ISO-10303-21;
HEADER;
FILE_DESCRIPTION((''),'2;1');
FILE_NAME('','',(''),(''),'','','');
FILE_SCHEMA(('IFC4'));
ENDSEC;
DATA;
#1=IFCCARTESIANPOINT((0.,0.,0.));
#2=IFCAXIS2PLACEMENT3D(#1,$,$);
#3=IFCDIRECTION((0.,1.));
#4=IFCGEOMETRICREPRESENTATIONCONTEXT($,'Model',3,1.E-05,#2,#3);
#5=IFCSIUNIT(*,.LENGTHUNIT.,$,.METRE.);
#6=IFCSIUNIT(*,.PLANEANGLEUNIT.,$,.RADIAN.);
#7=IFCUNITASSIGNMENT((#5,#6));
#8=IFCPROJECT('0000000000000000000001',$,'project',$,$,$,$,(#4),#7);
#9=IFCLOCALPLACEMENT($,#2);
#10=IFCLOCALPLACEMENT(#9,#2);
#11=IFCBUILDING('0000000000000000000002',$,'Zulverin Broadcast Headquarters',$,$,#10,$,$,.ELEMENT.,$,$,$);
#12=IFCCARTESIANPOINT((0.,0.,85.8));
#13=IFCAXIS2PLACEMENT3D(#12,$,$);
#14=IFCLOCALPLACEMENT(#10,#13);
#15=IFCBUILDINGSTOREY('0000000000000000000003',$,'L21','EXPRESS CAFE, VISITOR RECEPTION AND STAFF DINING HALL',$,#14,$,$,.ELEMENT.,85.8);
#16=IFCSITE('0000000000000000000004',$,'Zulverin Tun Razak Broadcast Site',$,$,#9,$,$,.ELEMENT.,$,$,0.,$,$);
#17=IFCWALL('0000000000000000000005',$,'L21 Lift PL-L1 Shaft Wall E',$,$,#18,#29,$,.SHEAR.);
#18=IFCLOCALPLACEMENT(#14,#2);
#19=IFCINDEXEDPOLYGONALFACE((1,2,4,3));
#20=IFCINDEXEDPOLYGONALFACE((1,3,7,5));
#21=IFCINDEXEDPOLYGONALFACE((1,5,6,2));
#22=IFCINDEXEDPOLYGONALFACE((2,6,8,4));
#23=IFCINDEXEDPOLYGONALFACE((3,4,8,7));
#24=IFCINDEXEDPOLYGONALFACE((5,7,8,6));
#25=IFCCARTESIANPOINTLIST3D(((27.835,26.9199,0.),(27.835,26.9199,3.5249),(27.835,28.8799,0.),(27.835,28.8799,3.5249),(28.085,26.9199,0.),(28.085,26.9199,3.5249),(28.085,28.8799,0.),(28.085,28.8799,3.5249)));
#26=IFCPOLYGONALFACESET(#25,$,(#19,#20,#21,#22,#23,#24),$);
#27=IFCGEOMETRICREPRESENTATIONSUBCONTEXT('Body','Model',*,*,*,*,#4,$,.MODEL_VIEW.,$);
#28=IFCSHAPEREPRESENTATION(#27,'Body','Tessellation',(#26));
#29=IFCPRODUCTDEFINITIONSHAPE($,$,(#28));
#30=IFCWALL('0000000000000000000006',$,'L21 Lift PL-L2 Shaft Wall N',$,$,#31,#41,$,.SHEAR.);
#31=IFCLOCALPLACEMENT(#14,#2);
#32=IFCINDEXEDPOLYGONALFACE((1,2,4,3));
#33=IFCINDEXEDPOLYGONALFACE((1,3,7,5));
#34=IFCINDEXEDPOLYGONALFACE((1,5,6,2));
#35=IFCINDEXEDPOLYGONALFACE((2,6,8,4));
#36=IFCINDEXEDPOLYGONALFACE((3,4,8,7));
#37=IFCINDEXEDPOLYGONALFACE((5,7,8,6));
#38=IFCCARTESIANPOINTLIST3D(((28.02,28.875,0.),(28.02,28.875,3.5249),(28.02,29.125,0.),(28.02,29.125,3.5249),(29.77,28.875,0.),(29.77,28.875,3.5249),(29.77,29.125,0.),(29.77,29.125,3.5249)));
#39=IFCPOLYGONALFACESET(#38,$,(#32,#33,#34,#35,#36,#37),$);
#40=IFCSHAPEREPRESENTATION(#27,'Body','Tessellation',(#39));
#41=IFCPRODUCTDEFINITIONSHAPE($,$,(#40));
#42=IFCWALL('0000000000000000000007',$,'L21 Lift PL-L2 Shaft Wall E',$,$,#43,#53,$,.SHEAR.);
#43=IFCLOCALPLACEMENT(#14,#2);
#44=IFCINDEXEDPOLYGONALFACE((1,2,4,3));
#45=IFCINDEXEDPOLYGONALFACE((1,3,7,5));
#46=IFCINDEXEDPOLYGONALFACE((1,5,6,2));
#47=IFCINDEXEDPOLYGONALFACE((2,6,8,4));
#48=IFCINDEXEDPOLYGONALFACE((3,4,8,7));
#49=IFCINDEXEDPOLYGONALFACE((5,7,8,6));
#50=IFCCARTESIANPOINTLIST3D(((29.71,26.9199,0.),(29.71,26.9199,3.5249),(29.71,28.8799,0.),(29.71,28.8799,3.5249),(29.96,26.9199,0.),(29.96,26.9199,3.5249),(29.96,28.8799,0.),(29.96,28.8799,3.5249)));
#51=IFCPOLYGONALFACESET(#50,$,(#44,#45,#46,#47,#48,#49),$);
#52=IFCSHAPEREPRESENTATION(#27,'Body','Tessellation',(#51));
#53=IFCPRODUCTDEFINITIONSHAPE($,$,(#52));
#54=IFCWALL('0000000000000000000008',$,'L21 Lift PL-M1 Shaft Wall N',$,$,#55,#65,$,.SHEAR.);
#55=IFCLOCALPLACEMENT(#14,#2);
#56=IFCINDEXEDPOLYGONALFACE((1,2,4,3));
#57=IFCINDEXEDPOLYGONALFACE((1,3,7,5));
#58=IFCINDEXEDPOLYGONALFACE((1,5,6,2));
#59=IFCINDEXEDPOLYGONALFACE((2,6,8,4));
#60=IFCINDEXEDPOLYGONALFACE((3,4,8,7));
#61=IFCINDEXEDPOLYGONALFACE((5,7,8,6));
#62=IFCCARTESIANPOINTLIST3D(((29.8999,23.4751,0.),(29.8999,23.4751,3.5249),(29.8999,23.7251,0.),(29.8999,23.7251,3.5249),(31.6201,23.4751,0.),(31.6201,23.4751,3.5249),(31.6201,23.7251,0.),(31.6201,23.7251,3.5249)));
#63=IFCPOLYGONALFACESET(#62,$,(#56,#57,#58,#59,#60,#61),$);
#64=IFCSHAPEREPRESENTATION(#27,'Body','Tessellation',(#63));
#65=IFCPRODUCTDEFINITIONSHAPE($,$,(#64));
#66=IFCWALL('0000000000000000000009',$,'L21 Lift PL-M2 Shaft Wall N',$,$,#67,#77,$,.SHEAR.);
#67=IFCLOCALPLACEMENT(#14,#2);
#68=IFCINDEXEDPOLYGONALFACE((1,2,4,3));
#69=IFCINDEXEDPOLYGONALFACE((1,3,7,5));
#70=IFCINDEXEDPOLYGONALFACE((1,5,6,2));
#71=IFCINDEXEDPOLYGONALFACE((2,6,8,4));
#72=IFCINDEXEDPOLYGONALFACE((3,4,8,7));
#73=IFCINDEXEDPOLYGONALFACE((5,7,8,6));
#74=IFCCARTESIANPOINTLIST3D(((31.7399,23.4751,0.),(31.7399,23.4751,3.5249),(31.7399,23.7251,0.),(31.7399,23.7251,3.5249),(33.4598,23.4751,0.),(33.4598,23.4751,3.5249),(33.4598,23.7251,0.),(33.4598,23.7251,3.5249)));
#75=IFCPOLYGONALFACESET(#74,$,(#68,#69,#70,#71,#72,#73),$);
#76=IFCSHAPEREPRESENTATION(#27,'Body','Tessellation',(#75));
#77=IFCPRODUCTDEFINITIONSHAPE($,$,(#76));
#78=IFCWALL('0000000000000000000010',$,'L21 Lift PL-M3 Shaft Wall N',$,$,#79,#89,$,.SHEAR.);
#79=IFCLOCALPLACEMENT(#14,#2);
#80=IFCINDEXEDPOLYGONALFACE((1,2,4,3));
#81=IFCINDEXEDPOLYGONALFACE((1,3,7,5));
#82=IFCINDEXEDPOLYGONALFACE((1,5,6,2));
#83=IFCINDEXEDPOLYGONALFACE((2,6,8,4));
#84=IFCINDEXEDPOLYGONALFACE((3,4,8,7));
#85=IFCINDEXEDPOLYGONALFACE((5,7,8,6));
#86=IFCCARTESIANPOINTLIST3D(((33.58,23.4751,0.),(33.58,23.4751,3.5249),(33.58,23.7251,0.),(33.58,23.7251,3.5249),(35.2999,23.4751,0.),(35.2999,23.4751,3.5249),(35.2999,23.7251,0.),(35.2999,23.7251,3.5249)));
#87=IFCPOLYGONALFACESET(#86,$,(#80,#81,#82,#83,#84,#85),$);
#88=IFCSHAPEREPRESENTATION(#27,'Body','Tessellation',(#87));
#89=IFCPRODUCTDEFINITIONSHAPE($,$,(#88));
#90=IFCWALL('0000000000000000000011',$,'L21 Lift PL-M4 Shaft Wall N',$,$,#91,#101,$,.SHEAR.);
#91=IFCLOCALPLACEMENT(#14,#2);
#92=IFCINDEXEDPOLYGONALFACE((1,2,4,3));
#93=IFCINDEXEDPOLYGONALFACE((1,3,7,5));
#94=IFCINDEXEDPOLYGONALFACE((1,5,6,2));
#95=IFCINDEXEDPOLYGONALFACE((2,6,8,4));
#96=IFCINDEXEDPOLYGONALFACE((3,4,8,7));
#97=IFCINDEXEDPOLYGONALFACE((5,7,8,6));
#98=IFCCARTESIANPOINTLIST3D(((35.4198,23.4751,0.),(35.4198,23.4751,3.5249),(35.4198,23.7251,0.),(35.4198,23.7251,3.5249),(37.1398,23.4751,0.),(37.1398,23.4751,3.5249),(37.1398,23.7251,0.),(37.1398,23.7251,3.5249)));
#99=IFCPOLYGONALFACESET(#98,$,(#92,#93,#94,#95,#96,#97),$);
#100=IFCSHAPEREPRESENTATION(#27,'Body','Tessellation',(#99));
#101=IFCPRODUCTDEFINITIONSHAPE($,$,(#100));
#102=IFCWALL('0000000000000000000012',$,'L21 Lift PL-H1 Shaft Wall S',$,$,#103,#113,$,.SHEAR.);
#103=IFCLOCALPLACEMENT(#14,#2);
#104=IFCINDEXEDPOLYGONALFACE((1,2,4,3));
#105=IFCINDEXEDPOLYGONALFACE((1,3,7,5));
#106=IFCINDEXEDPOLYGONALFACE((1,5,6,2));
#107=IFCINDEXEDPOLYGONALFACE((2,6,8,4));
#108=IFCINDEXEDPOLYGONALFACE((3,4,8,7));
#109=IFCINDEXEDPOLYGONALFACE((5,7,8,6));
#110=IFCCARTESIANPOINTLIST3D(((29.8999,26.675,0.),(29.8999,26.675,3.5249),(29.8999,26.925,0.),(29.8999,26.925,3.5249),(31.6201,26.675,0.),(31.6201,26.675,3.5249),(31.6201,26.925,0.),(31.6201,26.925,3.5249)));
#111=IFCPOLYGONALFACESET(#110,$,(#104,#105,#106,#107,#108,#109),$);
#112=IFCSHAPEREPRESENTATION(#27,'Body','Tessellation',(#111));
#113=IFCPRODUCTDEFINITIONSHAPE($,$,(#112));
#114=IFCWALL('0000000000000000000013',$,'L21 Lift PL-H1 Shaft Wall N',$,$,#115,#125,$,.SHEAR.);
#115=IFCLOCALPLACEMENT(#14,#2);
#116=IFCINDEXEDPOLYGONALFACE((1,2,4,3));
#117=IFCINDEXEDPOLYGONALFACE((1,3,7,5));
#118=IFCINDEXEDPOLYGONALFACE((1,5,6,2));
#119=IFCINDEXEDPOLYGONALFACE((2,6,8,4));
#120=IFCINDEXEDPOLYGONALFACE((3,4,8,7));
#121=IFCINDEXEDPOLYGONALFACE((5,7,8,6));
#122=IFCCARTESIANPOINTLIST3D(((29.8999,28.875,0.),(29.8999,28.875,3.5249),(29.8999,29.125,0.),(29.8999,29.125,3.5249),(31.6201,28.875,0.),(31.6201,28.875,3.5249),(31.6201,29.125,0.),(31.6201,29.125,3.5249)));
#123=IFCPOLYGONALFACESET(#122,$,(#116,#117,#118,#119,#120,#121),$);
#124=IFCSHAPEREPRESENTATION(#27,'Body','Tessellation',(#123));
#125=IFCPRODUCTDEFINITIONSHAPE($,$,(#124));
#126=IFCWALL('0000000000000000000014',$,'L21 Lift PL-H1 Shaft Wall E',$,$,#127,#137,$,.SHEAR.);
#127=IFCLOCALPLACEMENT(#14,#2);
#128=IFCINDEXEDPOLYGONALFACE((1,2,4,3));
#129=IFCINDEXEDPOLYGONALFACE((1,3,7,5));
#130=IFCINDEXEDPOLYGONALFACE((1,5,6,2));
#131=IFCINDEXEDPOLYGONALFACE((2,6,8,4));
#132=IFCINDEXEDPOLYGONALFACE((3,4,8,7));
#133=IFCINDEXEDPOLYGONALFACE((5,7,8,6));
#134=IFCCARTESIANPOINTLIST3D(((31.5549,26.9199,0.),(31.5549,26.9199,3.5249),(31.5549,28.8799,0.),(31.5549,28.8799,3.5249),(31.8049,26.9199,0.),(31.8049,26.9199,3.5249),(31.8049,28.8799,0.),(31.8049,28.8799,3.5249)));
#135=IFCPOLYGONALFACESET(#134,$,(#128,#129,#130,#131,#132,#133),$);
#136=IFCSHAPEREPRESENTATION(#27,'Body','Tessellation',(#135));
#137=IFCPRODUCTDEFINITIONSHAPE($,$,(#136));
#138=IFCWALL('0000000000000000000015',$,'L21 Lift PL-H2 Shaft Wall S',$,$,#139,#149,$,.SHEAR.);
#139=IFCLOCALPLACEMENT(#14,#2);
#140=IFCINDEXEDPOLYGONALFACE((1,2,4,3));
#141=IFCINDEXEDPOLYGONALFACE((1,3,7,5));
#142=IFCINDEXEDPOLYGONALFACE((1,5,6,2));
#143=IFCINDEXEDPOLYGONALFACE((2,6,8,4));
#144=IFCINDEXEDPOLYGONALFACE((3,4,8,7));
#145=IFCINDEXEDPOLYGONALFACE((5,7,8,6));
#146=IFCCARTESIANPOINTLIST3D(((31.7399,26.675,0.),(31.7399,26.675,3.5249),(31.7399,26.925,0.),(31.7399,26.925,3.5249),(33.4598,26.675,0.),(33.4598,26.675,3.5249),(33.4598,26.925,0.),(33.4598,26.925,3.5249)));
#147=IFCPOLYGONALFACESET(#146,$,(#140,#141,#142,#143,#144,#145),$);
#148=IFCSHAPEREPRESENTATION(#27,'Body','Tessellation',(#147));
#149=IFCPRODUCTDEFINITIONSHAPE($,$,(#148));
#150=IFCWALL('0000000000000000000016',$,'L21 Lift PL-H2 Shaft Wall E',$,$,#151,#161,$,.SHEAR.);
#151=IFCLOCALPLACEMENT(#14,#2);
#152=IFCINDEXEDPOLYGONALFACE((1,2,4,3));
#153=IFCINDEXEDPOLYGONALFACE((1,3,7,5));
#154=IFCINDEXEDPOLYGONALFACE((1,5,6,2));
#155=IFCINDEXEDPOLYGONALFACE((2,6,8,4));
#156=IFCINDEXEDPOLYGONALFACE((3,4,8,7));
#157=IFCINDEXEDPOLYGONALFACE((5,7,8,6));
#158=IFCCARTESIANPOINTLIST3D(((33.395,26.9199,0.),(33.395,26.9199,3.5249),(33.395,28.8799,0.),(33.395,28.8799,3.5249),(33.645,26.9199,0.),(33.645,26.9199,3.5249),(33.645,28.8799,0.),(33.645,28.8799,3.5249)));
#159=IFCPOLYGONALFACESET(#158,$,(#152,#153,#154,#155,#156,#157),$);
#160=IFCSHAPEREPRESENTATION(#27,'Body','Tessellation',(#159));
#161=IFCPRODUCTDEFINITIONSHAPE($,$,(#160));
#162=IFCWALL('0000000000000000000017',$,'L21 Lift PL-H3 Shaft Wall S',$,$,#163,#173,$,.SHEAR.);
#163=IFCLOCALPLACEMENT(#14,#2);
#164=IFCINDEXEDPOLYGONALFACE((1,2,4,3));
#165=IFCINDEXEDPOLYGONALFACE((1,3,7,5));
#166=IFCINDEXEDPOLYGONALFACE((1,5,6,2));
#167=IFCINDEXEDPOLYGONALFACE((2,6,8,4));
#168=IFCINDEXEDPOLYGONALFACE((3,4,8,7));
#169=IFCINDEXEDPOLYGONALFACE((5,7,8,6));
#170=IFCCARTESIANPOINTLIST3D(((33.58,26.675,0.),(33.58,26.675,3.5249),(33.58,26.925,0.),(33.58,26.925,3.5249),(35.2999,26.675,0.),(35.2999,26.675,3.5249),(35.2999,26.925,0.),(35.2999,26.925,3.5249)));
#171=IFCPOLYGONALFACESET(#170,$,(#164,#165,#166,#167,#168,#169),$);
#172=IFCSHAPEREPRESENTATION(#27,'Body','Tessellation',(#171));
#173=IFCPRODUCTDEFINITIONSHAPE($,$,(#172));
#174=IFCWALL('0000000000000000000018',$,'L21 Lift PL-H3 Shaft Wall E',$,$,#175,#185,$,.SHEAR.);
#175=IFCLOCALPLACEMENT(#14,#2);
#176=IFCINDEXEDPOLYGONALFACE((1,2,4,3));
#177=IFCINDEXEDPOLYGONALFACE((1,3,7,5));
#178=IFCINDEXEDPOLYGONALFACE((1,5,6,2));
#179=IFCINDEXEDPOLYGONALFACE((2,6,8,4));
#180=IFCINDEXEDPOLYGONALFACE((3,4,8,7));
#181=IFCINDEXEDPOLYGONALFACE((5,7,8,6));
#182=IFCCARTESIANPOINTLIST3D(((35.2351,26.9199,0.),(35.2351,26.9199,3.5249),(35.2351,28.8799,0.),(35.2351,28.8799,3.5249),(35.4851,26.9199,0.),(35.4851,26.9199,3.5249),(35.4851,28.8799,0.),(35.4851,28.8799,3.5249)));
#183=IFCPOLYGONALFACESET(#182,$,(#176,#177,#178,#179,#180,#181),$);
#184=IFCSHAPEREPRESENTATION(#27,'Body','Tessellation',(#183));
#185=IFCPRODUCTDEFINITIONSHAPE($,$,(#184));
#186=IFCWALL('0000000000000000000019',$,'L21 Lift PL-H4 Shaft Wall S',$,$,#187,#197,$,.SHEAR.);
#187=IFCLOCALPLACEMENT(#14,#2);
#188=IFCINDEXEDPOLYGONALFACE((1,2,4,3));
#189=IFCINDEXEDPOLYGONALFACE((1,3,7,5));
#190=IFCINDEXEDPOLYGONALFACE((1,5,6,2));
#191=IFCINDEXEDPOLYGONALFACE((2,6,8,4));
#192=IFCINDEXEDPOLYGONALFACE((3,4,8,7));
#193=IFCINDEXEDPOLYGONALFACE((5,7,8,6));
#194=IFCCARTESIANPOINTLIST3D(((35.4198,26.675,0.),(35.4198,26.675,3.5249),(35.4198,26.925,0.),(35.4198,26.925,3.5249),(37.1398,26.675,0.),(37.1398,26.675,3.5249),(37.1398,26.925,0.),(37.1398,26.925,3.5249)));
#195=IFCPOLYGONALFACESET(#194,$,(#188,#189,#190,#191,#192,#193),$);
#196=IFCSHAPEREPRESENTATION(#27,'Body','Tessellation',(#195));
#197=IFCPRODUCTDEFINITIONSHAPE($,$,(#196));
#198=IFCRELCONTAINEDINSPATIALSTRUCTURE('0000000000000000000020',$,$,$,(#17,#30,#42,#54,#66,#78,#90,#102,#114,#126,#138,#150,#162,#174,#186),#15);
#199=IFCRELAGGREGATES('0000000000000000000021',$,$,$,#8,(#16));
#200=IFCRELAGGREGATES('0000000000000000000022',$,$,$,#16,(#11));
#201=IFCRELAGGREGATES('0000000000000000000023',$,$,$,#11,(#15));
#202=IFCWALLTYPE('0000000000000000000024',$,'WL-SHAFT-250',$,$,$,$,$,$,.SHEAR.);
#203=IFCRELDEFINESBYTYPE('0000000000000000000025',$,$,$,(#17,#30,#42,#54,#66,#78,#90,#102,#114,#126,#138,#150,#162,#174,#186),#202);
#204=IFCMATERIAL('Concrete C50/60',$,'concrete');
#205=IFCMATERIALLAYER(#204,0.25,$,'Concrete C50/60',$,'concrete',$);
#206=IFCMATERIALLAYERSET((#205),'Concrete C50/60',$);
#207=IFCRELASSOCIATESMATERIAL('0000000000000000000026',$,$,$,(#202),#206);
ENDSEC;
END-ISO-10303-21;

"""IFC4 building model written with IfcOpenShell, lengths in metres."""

from ifc_helpers import new_model, si_unit, direction, frame, frame_2d, origin, place, context, subcontext, project, spatial, rectangle, extrude, material, layer, layer_set, type_object, element, save


model = new_model("IFC4")

# Units and contexts
model_context = context("Model", 3, precision=1e-05, world=origin(), true_north=direction((0.0, 1.0)))
body_context = subcontext(model_context, "Body", "Model", "MODEL_VIEW")
ifc_project = project(units=[si_unit("LENGTHUNIT", "METRE"), si_unit("PLANEANGLEUNIT", "RADIAN")], contexts=[model_context])

# Site, building, storey
site_placement = place(None, origin())
site = spatial("IfcSite", under=ifc_project, at=site_placement, Name="Zulverin Tun Razak Broadcast Site", CompositionType="ELEMENT", RefElevation=0.0)
building_placement = place(site_placement, origin())
building = spatial("IfcBuilding", under=site, at=building_placement, Name="Zulverin Broadcast Headquarters", CompositionType="ELEMENT")
storey_placement = place(building_placement, frame((0.0, 0.0, 85.8)))
storey = spatial("IfcBuildingStorey", under=building, at=storey_placement, Name="L21", Description="EXPRESS CAFE, VISITOR RECEPTION AND STAFF DINING HALL", CompositionType="ELEMENT", Elevation=85.8)

# Wall
ifc_material_1 = material(Name="Concrete C50/60", Category="concrete")
ifc_layer = layer(ifc_material_1, 0.25, Name="Concrete C50/60", Category="concrete")
ifc_layer_set = layer_set([ifc_layer], Name="Concrete C50/60")
wall_type = type_object("IfcWallType", Name="WL-SHAFT-250", PredefinedType="SHEAR", material=ifc_layer_set)
wall_1_placement = place(storey_placement, frame((27.96, 26.9199, 0.0), z_axis=(0.0, 0.0, 1.0), x_axis=(0.0, 1.0, 0.0)))
element("IfcWall", 1, at=wall_1_placement, inside=storey, type_object=wall_type, Name="L21 Lift PL-L1 Shaft Wall E", PredefinedType="SHEAR", context=body_context, shape_type="SweptSolid", body=[
    extrude(rectangle(XDim=1.96, YDim=0.25, at=frame_2d((0.98, 0.0))), origin(), (0.0, 0.0, 1.0), 3.5249),
])

# Walls
wall_2_placement = place(storey_placement, frame((28.02, 29.0, 0.0), z_axis=(0.0, 0.0, 1.0), x_axis=(1.0, 0.0, 0.0)))
element("IfcWall", 2, at=wall_2_placement, inside=storey, type_object=wall_type, Name="L21 Lift PL-L2 Shaft Wall N", PredefinedType="SHEAR", context=body_context, shape_type="SweptSolid", body=[
    extrude(rectangle(XDim=1.75, YDim=0.25, at=frame_2d((0.875, 0.0))), origin(), (0.0, 0.0, 1.0), 3.5249),
])
wall_3_placement = place(storey_placement, frame((29.835, 26.9199, 0.0), z_axis=(0.0, 0.0, 1.0), x_axis=(0.0, 1.0, 0.0)))
element("IfcWall", 3, at=wall_3_placement, inside=storey, type_object=wall_type, Name="L21 Lift PL-L2 Shaft Wall E", PredefinedType="SHEAR", context=body_context, shape_type="SweptSolid", body=[
    extrude(rectangle(XDim=1.96, YDim=0.25, at=frame_2d((0.98, 0.0))), origin(), (0.0, 0.0, 1.0), 3.5249),
])

# Walls
wall_4_placement = place(storey_placement, frame((29.8999, 23.6001, 0.0), z_axis=(0.0, 0.0, 1.0), x_axis=(1.0, 0.0, 0.0)))
element("IfcWall", 4, at=wall_4_placement, inside=storey, type_object=wall_type, Name="L21 Lift PL-M1 Shaft Wall N", PredefinedType="SHEAR", context=body_context, shape_type="SweptSolid", body=[
    extrude(rectangle(XDim=1.7202, YDim=0.25, at=frame_2d((0.8601, 0.0))), origin(), (0.0, 0.0, 1.0), 3.5249),
])
for number, where, z_axis, x_axis, name in (
    (5, (31.74, 23.6001, 0.0), (0.0, 0.0, 1.0), (1.0, 0.0, 0.0), "L21 Lift PL-M2 Shaft Wall N"),
    (6, (33.5801, 23.6001, 0.0), (0.0, 0.0, 1.0), (1.0, 0.0, 0.0), "L21 Lift PL-M3 Shaft Wall N"),
    (7, (35.4199, 23.6001, 0.0), (0.0, 0.0, 1.0), (1.0, 0.0, 0.0), "L21 Lift PL-M4 Shaft Wall N"),
):
    element("IfcWall", number, at=place(storey_placement, frame(where, z_axis=z_axis, x_axis=x_axis)), inside=storey, type_object=wall_type, Name=name, PredefinedType="SHEAR", context=body_context, shape_type="SweptSolid", body=[
        extrude(rectangle(XDim=1.72, YDim=0.25, at=frame_2d((0.8599, 0.0))), origin(), (0.0, 0.0, 1.0), 3.5249),
    ])
for number, where, z_axis, x_axis, name in (
    (8, (29.8999, 26.8, 0.0), (0.0, 0.0, 1.0), (1.0, 0.0, 0.0), "L21 Lift PL-H1 Shaft Wall S"),
    (9, (29.8999, 29.0, 0.0), (0.0, 0.0, 1.0), (1.0, 0.0, 0.0), "L21 Lift PL-H1 Shaft Wall N"),
):
    element("IfcWall", number, at=place(storey_placement, frame(where, z_axis=z_axis, x_axis=x_axis)), inside=storey, type_object=wall_type, Name=name, PredefinedType="SHEAR", context=body_context, shape_type="SweptSolid", body=[
        extrude(rectangle(XDim=1.7202, YDim=0.25, at=frame_2d((0.8601, 0.0))), origin(), (0.0, 0.0, 1.0), 3.5249),
    ])
wall_5_placement = place(storey_placement, frame((31.6799, 26.9199, 0.0), z_axis=(0.0, 0.0, 1.0), x_axis=(0.0, 1.0, 0.0)))
element("IfcWall", 10, at=wall_5_placement, inside=storey, type_object=wall_type, Name="L21 Lift PL-H1 Shaft Wall E", PredefinedType="SHEAR", context=body_context, shape_type="SweptSolid", body=[
    extrude(rectangle(XDim=1.96, YDim=0.25, at=frame_2d((0.98, 0.0))), origin(), (0.0, 0.0, 1.0), 3.5249),
])
wall_6_placement = place(storey_placement, frame((31.74, 26.8, 0.0), z_axis=(0.0, 0.0, 1.0), x_axis=(1.0, 0.0, 0.0)))
element("IfcWall", 11, at=wall_6_placement, inside=storey, type_object=wall_type, Name="L21 Lift PL-H2 Shaft Wall S", PredefinedType="SHEAR", context=body_context, shape_type="SweptSolid", body=[
    extrude(rectangle(XDim=1.72, YDim=0.25, at=frame_2d((0.8599, 0.0))), origin(), (0.0, 0.0, 1.0), 3.5249),
])
wall_7_placement = place(storey_placement, frame((33.52, 26.9199, 0.0), z_axis=(0.0, 0.0, 1.0), x_axis=(0.0, 1.0, 0.0)))
element("IfcWall", 12, at=wall_7_placement, inside=storey, type_object=wall_type, Name="L21 Lift PL-H2 Shaft Wall E", PredefinedType="SHEAR", context=body_context, shape_type="SweptSolid", body=[
    extrude(rectangle(XDim=1.96, YDim=0.25, at=frame_2d((0.98, 0.0))), origin(), (0.0, 0.0, 1.0), 3.5249),
])
wall_8_placement = place(storey_placement, frame((33.5801, 26.8, 0.0), z_axis=(0.0, 0.0, 1.0), x_axis=(1.0, 0.0, 0.0)))
element("IfcWall", 13, at=wall_8_placement, inside=storey, type_object=wall_type, Name="L21 Lift PL-H3 Shaft Wall S", PredefinedType="SHEAR", context=body_context, shape_type="SweptSolid", body=[
    extrude(rectangle(XDim=1.72, YDim=0.25, at=frame_2d((0.8599, 0.0))), origin(), (0.0, 0.0, 1.0), 3.5249),
])
wall_9_placement = place(storey_placement, frame((35.3601, 26.9199, 0.0), z_axis=(0.0, 0.0, 1.0), x_axis=(0.0, 1.0, 0.0)))
element("IfcWall", 14, at=wall_9_placement, inside=storey, type_object=wall_type, Name="L21 Lift PL-H3 Shaft Wall E", PredefinedType="SHEAR", context=body_context, shape_type="SweptSolid", body=[
    extrude(rectangle(XDim=1.96, YDim=0.25, at=frame_2d((0.98, 0.0))), origin(), (0.0, 0.0, 1.0), 3.5249),
])
wall_10_placement = place(storey_placement, frame((35.4199, 26.8, 0.0), z_axis=(0.0, 0.0, 1.0), x_axis=(1.0, 0.0, 0.0)))
element("IfcWall", 15, at=wall_10_placement, inside=storey, type_object=wall_type, Name="L21 Lift PL-H4 Shaft Wall S", PredefinedType="SHEAR", context=body_context, shape_type="SweptSolid", body=[
    extrude(rectangle(XDim=1.72, YDim=0.25, at=frame_2d((0.8599, 0.0))), origin(), (0.0, 0.0, 1.0), 3.5249),
])

save(model, "model.ifc")
